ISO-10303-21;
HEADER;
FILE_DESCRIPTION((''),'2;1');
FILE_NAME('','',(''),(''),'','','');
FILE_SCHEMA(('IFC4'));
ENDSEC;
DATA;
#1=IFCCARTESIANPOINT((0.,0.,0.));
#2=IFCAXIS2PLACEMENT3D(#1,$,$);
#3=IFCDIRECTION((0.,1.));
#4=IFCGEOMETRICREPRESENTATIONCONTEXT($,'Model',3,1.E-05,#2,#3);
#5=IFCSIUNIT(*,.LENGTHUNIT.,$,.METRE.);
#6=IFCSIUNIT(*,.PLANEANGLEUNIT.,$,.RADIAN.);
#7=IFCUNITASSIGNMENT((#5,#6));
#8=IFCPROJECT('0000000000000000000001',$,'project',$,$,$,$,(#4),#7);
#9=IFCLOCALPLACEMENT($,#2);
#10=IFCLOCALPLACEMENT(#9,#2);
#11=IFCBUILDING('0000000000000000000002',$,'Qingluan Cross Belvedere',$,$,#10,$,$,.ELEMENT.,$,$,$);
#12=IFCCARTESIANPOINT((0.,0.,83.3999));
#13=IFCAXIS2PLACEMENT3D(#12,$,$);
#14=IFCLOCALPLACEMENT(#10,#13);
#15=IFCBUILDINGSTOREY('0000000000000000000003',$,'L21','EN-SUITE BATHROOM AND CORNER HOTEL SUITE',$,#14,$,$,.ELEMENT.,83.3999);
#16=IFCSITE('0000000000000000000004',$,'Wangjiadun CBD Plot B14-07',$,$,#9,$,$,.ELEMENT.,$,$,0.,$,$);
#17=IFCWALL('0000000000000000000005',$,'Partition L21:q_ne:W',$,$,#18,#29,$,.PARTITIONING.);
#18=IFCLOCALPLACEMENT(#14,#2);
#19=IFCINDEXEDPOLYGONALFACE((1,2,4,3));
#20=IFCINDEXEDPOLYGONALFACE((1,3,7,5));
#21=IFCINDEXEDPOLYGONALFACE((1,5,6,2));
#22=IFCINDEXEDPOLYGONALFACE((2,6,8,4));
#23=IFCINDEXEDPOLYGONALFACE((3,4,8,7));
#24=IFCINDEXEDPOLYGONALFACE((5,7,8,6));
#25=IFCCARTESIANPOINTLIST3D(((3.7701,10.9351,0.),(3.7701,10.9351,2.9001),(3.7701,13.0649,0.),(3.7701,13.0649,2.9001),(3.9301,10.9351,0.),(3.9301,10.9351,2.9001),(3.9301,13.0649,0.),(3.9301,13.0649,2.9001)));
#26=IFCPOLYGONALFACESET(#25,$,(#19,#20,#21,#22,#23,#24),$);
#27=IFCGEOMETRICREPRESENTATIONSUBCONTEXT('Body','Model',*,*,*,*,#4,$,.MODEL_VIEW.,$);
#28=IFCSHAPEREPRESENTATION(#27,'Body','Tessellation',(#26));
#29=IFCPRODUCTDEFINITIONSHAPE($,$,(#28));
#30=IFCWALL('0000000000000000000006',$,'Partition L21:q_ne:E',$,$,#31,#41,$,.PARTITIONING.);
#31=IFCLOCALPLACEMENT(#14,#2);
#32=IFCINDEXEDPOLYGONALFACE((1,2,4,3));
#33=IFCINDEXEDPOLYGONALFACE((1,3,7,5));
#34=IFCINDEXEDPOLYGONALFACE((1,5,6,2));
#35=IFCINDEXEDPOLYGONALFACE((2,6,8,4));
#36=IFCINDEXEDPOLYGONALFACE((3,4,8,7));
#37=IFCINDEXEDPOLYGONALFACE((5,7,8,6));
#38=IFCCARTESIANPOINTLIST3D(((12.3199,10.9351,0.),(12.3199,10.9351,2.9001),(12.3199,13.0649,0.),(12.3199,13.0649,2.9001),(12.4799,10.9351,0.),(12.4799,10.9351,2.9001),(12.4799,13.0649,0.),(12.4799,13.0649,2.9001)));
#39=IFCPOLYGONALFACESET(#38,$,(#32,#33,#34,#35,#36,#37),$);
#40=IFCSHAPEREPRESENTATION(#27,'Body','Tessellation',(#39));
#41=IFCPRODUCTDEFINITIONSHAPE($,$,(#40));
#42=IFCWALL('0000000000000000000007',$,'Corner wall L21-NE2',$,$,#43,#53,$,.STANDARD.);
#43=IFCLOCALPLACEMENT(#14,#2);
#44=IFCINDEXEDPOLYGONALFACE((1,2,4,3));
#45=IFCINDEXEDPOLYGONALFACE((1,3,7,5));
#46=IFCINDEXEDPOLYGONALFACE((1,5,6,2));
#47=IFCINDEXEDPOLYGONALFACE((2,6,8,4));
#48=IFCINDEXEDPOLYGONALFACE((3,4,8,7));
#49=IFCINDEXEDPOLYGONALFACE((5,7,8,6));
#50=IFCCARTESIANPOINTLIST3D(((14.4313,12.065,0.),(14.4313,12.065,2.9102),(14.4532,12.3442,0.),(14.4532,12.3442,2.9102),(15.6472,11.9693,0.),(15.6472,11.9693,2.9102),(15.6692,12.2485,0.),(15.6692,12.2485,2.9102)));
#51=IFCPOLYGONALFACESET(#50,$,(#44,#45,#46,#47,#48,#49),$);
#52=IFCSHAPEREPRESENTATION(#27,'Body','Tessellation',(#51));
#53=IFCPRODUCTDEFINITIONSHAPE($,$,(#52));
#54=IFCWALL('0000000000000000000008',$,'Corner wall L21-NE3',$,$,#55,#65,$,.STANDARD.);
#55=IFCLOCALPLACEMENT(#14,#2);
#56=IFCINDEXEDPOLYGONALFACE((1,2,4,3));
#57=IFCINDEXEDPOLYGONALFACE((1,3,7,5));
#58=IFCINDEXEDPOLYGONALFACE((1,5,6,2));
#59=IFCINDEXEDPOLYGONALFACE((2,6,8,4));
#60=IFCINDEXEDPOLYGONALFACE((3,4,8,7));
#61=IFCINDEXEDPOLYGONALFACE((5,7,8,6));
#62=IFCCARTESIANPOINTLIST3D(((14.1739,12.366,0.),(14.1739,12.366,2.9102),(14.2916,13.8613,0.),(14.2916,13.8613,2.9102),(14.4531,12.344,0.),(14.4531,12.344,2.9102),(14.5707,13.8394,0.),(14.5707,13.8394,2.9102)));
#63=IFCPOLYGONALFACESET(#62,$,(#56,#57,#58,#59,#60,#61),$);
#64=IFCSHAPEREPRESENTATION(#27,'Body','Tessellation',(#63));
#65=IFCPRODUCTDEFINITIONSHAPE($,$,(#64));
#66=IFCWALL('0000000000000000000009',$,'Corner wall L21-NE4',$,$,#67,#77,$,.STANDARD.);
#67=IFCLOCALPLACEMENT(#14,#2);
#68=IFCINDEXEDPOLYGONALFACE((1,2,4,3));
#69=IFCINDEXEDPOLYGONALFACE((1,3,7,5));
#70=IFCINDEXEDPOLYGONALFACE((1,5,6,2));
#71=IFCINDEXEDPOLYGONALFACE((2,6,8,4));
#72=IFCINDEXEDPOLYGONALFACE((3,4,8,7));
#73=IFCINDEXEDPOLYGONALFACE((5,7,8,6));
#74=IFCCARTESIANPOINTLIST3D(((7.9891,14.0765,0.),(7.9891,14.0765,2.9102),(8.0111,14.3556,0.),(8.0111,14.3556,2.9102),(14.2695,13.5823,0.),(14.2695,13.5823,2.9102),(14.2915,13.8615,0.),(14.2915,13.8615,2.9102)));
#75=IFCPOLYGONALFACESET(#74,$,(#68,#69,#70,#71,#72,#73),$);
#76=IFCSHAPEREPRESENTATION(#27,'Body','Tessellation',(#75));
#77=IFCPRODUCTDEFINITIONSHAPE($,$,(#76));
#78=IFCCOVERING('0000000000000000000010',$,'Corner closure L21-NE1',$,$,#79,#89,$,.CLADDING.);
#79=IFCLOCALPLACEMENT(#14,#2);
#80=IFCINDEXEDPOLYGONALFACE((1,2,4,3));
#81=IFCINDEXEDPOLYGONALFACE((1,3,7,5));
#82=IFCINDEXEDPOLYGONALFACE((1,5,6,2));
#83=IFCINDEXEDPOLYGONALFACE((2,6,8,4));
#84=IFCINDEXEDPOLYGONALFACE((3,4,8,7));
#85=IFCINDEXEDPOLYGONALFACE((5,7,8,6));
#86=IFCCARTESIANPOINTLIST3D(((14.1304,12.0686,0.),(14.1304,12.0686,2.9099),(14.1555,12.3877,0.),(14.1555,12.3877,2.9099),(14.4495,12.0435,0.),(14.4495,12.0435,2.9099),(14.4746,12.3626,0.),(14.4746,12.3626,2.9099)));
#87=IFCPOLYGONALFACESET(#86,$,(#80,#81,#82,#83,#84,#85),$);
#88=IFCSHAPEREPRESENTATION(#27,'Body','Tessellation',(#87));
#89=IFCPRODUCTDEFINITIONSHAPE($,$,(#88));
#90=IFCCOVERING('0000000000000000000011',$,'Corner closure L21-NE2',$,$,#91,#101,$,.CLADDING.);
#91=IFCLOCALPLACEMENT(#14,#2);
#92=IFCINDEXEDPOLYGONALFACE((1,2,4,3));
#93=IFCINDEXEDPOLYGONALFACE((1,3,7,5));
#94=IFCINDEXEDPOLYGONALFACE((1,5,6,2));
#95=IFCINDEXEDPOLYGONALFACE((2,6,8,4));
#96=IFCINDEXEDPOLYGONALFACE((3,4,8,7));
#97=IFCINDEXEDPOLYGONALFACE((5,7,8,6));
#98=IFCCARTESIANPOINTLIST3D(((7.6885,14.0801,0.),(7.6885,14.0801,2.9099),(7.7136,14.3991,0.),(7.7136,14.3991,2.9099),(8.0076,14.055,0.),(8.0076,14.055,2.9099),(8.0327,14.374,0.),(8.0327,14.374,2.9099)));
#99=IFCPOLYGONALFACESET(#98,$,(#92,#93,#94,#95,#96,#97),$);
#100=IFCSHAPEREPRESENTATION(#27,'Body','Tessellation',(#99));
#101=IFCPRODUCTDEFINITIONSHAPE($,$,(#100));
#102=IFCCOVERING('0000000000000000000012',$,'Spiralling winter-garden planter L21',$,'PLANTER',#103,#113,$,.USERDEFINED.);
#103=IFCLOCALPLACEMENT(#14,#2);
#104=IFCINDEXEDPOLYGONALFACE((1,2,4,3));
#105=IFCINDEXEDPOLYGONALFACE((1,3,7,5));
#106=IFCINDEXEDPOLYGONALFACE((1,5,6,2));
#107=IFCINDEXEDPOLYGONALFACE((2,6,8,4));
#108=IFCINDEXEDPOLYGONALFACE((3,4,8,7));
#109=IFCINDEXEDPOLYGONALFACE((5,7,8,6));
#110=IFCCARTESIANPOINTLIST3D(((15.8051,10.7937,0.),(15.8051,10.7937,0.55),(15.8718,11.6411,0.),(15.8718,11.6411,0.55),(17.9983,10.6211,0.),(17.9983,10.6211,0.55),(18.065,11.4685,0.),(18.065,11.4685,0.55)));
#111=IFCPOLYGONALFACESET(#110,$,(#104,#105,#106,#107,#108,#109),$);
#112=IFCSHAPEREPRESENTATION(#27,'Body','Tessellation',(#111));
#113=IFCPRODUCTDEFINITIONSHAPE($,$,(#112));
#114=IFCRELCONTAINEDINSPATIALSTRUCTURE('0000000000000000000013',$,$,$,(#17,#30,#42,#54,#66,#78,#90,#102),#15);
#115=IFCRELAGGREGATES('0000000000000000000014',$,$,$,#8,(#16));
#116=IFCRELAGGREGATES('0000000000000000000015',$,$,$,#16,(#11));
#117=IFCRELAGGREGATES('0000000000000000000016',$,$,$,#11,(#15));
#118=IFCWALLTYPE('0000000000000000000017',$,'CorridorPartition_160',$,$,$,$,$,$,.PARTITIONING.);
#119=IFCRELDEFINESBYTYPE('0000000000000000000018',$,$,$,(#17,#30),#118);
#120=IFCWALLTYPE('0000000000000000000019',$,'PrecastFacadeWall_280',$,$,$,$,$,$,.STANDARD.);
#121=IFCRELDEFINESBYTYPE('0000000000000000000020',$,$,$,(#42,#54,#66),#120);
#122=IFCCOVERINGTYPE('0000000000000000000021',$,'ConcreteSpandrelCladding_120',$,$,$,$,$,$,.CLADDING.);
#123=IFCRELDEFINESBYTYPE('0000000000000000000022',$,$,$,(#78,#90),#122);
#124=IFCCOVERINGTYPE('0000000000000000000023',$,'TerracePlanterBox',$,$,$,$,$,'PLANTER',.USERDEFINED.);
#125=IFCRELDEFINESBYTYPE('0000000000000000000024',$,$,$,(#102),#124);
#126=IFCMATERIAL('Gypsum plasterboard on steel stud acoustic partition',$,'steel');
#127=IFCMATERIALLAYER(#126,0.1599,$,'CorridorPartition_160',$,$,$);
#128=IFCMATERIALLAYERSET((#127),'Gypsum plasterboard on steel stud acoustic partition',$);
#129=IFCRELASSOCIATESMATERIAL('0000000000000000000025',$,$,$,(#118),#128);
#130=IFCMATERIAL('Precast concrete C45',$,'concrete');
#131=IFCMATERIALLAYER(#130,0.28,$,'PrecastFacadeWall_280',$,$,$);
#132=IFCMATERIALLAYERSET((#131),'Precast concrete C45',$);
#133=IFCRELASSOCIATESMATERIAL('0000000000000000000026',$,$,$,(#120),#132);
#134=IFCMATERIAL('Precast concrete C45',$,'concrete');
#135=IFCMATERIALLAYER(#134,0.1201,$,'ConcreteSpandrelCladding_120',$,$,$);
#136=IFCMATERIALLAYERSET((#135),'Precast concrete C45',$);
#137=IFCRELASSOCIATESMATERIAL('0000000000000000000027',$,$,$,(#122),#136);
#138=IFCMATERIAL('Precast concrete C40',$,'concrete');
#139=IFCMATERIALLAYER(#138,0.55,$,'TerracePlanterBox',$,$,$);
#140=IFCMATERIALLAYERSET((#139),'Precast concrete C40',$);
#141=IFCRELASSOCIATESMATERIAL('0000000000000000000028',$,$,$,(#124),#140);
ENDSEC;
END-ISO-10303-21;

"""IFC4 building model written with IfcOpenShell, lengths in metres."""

from ifc_helpers import new_model, si_unit, direction, frame, frame_2d, origin, origin_2d, place, context, subcontext, project, spatial, rectangle, extrude, material, layer, layer_set, type_object, element, save


model = new_model("IFC4")

# Units and contexts
model_context = context("Model", 3, precision=1e-05, world=origin(), true_north=direction((0.0, 1.0)))
body_context = subcontext(model_context, "Body", "Model", "MODEL_VIEW")
ifc_project = project(units=[si_unit("LENGTHUNIT", "METRE"), si_unit("PLANEANGLEUNIT", "RADIAN")], contexts=[model_context])

# Site, building, storey
site_placement = place(None, origin())
site = spatial("IfcSite", under=ifc_project, at=site_placement, Name="Wangjiadun CBD Plot B14-07", CompositionType="ELEMENT", RefElevation=0.0)
building_placement = place(site_placement, origin())
building = spatial("IfcBuilding", under=site, at=building_placement, Name="Qingluan Cross Belvedere", CompositionType="ELEMENT")
storey_placement = place(building_placement, frame((0.0, 0.0, 83.3999)))
storey = spatial("IfcBuildingStorey", under=building, at=storey_placement, Name="L21", Description="EN-SUITE BATHROOM AND CORNER HOTEL SUITE", CompositionType="ELEMENT", Elevation=83.3999)

# Shared definitions
ifc_material_1 = material(Name="Gypsum plasterboard on steel stud acoustic partition", Category="steel")
ifc_layer_1 = layer(ifc_material_1, 0.1599, Name="CorridorPartition_160")
ifc_layer_set_1 = layer_set([ifc_layer_1], Name="Gypsum plasterboard on steel stud acoustic partition")
wall_type_1 = type_object("IfcWallType", Name="CorridorPartition_160", PredefinedType="PARTITIONING", material=ifc_layer_set_1)

# Walls
for number, where, z_axis, x_axis, name in (
    (1, (3.8501, 10.9351, 0.0), (0.0, 0.0, 1.0), (0.0, 1.0, 0.0), "Partition L21:q_ne:W"),
    (2, (12.3999, 10.9351, 0.0), (0.0, 0.0, 1.0), (0.0, 1.0, 0.0), "Partition L21:q_ne:E"),
):
    element("IfcWall", number, at=place(storey_placement, frame(where, z_axis=z_axis, x_axis=x_axis)), inside=storey, type_object=wall_type_1, Name=name, PredefinedType="PARTITIONING", context=body_context, shape_type="SweptSolid", body=[
        extrude(rectangle(XDim=2.1299, YDim=0.1599, at=frame_2d((1.0649, 0.0))), origin(), (0.0, 0.0, 1.0), 2.9001),
    ])
ifc_material_2 = material(Name="Precast concrete C45", Category="concrete")
ifc_layer_2 = layer(ifc_material_2, 0.28, Name="PrecastFacadeWall_280")
ifc_layer_set_2 = layer_set([ifc_layer_2], Name="Precast concrete C45")
wall_type_2 = type_object("IfcWallType", Name="PrecastFacadeWall_280", PredefinedType="STANDARD", material=ifc_layer_set_2)
wall_1_placement = place(storey_placement, frame((15.6582, 12.1089, 0.0), z_axis=(0.0, 0.0, 1.0), x_axis=(-0.996918, 0.078456, 0.0)))
element("IfcWall", 3, at=wall_1_placement, inside=storey, type_object=wall_type_2, Name="Corner wall L21-NE2", PredefinedType="STANDARD", context=body_context, shape_type="SweptSolid", body=[
    extrude(rectangle(XDim=1.2197, YDim=0.28, at=frame_2d((0.6099, 0.0))), origin(), (0.0, 0.0, 1.0), 2.9102),
])
wall_2_placement = place(storey_placement, frame((14.3135, 12.355, 0.0), z_axis=(0.0, 0.0, 1.0), x_axis=(0.078451, 0.996918, 0.0)))
element("IfcWall", 4, at=wall_2_placement, inside=storey, type_object=wall_type_2, Name="Corner wall L21-NE3", PredefinedType="STANDARD", context=body_context, shape_type="SweptSolid", body=[
    extrude(rectangle(XDim=1.5, YDim=0.28, at=frame_2d((0.75, 0.0))), origin(), (0.0, 0.0, 1.0), 2.9102),
])
wall_3_placement = place(storey_placement, frame((14.2805, 13.7219, 0.0), z_axis=(0.0, 0.0, 1.0), x_axis=(-0.996919, 0.078436, 0.0)))
element("IfcWall", 5, at=wall_3_placement, inside=storey, type_object=wall_type_2, Name="Corner wall L21-NE4", PredefinedType="STANDARD", context=body_context, shape_type="SweptSolid", body=[
    extrude(rectangle(XDim=6.2998, YDim=0.28, at=frame_2d((3.1499, 0.0))), origin(), (0.0, 0.0, 1.0), 2.9102),
])

# Coverings
ifc_material_3 = material(Name="Precast concrete C45", Category="concrete")
ifc_layer_3 = layer(ifc_material_3, 0.1201, Name="ConcreteSpandrelCladding_120")
ifc_layer_set_3 = layer_set([ifc_layer_3], Name="Precast concrete C45")
covering_type_1 = type_object("IfcCoveringType", Name="ConcreteSpandrelCladding_120", PredefinedType="CLADDING", material=ifc_layer_set_3)
for number, where, z_axis, x_axis, name in (
    (6, (14.3025, 12.2156, 0.0), (0.0, 0.0, 1.0), (0.996917, -0.078459, 0.0), "Corner closure L21-NE1"),
    (7, (7.8606, 14.2271, 0.0), (0.0, 0.0, 1.0), (0.996917, -0.078459, 0.0), "Corner closure L21-NE2"),
):
    element("IfcCovering", number, at=place(storey_placement, frame(where, z_axis=z_axis, x_axis=x_axis)), inside=storey, type_object=covering_type_1, Name=name, PredefinedType="CLADDING", context=body_context, shape_type="SweptSolid", body=[
        extrude(rectangle(XDim=0.3201, YDim=0.3201, at=origin_2d()), origin(), (0.0, 0.0, 1.0), 2.9099),
    ])
ifc_material_4 = material(Name="Precast concrete C40", Category="concrete")
ifc_layer_4 = layer(ifc_material_4, 0.55, Name="TerracePlanterBox")
ifc_layer_set_4 = layer_set([ifc_layer_4], Name="Precast concrete C40")
covering_type_2 = type_object("IfcCoveringType", Name="TerracePlanterBox", ElementType="PLANTER", PredefinedType="USERDEFINED", material=ifc_layer_set_4)
covering_placement = place(storey_placement, frame((16.9351, 11.1311, 0.0), z_axis=(0.0, 0.0, 1.0), x_axis=(0.996917, -0.078459, 0.0)))
element("IfcCovering", 8, at=covering_placement, inside=storey, type_object=covering_type_2, Name="Spiralling winter-garden planter L21", ObjectType="PLANTER", PredefinedType="USERDEFINED", context=body_context, shape_type="SweptSolid", body=[
    extrude(rectangle(XDim=2.2, YDim=0.8501, at=origin_2d()), origin(), (0.0, 0.0, 1.0), 0.55),
])

save(model, "model.ifc")
